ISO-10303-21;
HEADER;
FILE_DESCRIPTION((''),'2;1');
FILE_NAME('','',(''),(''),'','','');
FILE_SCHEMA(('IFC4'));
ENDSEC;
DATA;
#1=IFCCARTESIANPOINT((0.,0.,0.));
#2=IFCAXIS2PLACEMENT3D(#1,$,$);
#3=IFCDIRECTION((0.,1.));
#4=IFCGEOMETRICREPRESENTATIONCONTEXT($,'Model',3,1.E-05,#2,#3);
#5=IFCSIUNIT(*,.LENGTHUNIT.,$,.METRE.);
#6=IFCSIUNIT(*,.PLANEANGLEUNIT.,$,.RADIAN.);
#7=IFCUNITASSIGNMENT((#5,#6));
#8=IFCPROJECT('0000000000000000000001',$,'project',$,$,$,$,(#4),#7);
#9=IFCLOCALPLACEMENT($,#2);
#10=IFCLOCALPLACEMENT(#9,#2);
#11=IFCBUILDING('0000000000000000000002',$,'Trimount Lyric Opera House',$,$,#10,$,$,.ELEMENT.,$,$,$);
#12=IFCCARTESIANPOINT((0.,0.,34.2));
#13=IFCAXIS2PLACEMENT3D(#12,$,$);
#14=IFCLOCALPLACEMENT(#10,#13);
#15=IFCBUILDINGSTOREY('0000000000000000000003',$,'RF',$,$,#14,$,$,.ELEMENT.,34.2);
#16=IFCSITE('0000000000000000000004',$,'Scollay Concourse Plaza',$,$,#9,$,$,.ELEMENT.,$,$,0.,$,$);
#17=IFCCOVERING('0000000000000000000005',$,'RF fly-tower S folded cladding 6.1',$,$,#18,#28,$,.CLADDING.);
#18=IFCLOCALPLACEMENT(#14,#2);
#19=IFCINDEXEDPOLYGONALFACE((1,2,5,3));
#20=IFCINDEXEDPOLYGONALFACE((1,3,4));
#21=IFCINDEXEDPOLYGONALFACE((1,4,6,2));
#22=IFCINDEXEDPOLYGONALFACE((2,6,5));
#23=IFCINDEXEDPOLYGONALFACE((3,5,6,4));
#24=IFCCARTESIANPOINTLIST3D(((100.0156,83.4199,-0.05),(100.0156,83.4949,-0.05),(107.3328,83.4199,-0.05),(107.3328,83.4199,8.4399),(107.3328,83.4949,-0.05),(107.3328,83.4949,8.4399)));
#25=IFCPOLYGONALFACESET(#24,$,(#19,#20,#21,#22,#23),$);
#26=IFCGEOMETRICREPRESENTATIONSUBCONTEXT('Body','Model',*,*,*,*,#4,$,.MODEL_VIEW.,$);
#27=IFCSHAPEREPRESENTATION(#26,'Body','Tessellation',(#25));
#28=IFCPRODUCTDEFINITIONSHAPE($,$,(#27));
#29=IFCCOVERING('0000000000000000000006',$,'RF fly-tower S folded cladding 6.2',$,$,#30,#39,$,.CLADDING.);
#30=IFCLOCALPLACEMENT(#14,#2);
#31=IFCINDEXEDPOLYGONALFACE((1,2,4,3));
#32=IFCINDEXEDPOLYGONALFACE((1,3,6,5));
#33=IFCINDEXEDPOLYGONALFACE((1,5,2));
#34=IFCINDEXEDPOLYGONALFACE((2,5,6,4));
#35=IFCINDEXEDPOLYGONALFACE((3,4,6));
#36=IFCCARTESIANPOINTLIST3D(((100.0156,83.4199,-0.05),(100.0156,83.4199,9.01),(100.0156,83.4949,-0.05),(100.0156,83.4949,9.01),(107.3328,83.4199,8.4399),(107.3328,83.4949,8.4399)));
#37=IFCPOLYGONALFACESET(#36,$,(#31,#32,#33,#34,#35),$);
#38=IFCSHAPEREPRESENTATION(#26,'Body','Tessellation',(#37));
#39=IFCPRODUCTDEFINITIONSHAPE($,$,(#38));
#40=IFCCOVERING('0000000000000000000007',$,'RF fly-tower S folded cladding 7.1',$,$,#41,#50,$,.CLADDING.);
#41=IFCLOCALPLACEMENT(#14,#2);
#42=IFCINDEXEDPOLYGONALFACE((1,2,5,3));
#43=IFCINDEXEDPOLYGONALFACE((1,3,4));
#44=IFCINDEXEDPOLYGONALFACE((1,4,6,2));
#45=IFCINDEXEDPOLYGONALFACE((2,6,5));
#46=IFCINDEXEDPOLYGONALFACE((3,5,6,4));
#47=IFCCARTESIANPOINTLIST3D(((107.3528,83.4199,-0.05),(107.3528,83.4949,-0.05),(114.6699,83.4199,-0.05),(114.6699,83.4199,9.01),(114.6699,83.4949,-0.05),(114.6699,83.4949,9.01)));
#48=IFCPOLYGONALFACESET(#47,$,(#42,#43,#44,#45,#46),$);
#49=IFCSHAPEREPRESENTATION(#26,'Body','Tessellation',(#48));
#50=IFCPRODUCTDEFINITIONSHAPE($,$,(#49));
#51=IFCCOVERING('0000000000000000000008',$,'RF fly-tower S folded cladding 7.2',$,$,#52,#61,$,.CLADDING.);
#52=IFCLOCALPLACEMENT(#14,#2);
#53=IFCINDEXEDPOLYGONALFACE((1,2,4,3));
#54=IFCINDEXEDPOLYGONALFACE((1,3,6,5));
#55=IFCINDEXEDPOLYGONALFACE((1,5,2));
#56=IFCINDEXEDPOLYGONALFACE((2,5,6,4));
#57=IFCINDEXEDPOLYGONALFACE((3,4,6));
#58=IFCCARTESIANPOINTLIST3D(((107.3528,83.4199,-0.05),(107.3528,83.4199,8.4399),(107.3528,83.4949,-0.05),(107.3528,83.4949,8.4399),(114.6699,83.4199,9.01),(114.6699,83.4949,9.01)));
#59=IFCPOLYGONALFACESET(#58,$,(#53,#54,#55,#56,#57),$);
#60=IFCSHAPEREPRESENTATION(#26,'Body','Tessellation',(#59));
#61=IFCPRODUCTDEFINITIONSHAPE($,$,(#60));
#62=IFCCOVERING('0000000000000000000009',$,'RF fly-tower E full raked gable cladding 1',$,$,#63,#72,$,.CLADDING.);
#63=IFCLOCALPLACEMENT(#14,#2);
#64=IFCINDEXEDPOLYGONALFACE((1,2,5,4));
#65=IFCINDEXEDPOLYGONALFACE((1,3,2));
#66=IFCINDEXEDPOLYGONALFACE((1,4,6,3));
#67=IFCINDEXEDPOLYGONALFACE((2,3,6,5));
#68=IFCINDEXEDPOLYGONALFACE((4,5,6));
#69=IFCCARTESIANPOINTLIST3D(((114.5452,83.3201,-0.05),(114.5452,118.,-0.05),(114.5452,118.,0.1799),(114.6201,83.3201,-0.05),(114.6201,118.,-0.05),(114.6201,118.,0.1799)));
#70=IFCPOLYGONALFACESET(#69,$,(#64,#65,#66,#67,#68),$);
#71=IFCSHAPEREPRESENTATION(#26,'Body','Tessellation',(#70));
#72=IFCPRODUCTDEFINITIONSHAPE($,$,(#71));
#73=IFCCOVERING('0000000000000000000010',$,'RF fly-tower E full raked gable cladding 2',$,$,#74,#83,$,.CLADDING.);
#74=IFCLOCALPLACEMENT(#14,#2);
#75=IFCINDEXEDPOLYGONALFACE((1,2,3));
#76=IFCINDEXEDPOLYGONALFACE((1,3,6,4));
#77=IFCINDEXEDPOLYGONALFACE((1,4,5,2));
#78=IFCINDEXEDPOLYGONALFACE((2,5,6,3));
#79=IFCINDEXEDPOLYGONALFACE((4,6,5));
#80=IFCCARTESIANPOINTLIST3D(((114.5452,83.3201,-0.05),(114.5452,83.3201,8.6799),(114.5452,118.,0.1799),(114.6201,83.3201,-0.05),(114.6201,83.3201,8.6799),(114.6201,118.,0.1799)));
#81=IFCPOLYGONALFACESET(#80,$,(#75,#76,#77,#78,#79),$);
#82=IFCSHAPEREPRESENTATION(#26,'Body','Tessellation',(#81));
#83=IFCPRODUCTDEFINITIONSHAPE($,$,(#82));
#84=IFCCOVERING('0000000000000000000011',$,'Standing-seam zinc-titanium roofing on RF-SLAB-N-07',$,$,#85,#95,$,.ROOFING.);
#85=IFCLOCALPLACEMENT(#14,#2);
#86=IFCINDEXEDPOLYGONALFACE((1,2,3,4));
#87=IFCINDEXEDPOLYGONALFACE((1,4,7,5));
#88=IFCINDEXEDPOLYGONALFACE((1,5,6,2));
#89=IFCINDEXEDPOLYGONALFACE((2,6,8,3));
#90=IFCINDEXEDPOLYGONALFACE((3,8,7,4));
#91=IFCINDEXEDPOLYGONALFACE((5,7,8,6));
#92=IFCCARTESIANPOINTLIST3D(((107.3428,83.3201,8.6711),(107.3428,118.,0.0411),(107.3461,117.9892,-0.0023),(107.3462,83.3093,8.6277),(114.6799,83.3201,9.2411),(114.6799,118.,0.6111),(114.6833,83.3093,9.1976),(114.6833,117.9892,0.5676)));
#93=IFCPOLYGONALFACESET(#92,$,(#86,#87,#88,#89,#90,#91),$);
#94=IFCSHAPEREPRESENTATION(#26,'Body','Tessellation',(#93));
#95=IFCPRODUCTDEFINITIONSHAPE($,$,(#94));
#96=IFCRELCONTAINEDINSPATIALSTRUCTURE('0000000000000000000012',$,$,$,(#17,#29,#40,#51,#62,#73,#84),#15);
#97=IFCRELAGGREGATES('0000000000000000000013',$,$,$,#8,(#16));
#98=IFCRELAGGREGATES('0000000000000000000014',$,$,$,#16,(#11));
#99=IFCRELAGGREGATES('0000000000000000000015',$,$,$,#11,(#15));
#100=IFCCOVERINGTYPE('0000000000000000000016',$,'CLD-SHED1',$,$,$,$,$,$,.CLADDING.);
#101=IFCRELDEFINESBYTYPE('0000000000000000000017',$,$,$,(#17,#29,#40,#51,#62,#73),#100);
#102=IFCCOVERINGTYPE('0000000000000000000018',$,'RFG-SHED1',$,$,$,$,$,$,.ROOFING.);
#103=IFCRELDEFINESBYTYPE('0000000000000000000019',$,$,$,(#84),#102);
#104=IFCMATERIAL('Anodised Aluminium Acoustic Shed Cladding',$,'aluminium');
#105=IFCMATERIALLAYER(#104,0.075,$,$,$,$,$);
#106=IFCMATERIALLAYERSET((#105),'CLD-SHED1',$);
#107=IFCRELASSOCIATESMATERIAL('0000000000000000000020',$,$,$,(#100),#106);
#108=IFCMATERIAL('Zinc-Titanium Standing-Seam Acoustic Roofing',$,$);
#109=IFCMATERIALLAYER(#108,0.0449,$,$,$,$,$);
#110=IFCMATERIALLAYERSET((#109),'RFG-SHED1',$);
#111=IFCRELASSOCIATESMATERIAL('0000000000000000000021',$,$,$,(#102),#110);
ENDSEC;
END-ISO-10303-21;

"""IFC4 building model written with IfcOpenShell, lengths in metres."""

from ifc_helpers import new_model, si_unit, direction, frame, origin, place, context, subcontext, project, spatial, polyline, outline, extrude, material, layer, layer_set, type_object, element, save


model = new_model("IFC4")

# Units and contexts
model_context = context("Model", 3, precision=1e-05, world=origin(), true_north=direction((0.0, 1.0)))
body_context = subcontext(model_context, "Body", "Model", "MODEL_VIEW")
ifc_project = project(units=[si_unit("LENGTHUNIT", "METRE"), si_unit("PLANEANGLEUNIT", "RADIAN")], contexts=[model_context])

# Site, building, storey
site_placement = place(None, origin())
site = spatial("IfcSite", under=ifc_project, at=site_placement, Name="Scollay Concourse Plaza", CompositionType="ELEMENT", RefElevation=0.0)
building_placement = place(site_placement, origin())
building = spatial("IfcBuilding", under=site, at=building_placement, Name="Trimount Lyric Opera House", CompositionType="ELEMENT")
storey_placement = place(building_placement, frame((0.0, 0.0, 34.2)))
storey = spatial("IfcBuildingStorey", under=building, at=storey_placement, Name="RF", CompositionType="ELEMENT", Elevation=34.2)

# Coverings
ifc_material_1 = material(Name="Anodised Aluminium Acoustic Shed Cladding", Category="aluminium")
ifc_layer_1 = layer(ifc_material_1, 0.075)
ifc_layer_set_1 = layer_set([ifc_layer_1], Name="CLD-SHED1")
covering_type_1 = type_object("IfcCoveringType", Name="CLD-SHED1", PredefinedType="CLADDING", material=ifc_layer_set_1)
covering_1_placement = place(storey_placement, frame((100.0156, 83.4199, -0.05), z_axis=(0.0, -1.0, 0.0), x_axis=(1.0, 0.0, 0.0)))
element("IfcCovering", 1, at=covering_1_placement, inside=storey, type_object=covering_type_1, Name="RF fly-tower S folded cladding 6.1", PredefinedType="CLADDING", context=body_context, shape_type="SweptSolid", body=[
    extrude(outline(polyline([(0.0, 0.0), (7.3171, 0.0), (7.3171, 8.49), (0.0, 0.0)])), origin(), (0.0, 0.0, -1.0), 0.075),
])
covering_2_placement = place(storey_placement, frame((100.0156, 83.4199, -0.05), z_axis=(0.0, -1.0, 0.0), x_axis=(0.652847, 0.0, 0.75749)))
element("IfcCovering", 2, at=covering_2_placement, inside=storey, type_object=covering_type_1, Name="RF fly-tower S folded cladding 6.2", PredefinedType="CLADDING", context=body_context, shape_type="SweptSolid", body=[
    extrude(outline(polyline([(0.0, 0.0), (11.2081, 0.0), (6.8629, 5.9148), (0.0, 0.0)])), origin(), (0.0, 0.0, -1.0), 0.075),
])
covering_3_placement = place(storey_placement, frame((107.3528, 83.4199, -0.05), z_axis=(0.0, -1.0, 0.0), x_axis=(1.0, 0.0, 0.0)))
element("IfcCovering", 3, at=covering_3_placement, inside=storey, type_object=covering_type_1, Name="RF fly-tower S folded cladding 7.1", PredefinedType="CLADDING", context=body_context, shape_type="SweptSolid", body=[
    extrude(outline(polyline([(0.0, 0.0), (7.3171, 0.0), (7.3171, 9.0601), (0.0, 0.0)])), origin(), (0.0, 0.0, -1.0), 0.075),
])
covering_4_placement = place(storey_placement, frame((107.3528, 83.4199, -0.05), z_axis=(0.0, -1.0, 0.0), x_axis=(0.628306, 0.0, 0.777966)))
element("IfcCovering", 4, at=covering_4_placement, inside=storey, type_object=covering_type_1, Name="RF fly-tower S folded cladding 7.2", PredefinedType="CLADDING", context=body_context, shape_type="SweptSolid", body=[
    extrude(outline(polyline([(0.0, 0.0), (11.6458, 0.0), (6.6049, 5.3343), (0.0, 0.0)])), origin(), (0.0, 0.0, -1.0), 0.075),
])
covering_5_placement = place(storey_placement, frame((114.6201, 83.3201, -0.05), z_axis=(1.0, 0.0, 0.0), x_axis=(0.0, 1.0, 0.0)))
element("IfcCovering", 5, at=covering_5_placement, inside=storey, type_object=covering_type_1, Name="RF fly-tower E full raked gable cladding 1", PredefinedType="CLADDING", context=body_context, shape_type="SweptSolid", body=[
    extrude(outline(polyline([(0.0, 0.0), (34.6799, 0.0), (34.6799, 0.23), (0.0, 0.0)])), origin(), (0.0, 0.0, -1.0), 0.075),
])
covering_6_placement = place(storey_placement, frame((114.6201, 83.3201, -0.05), z_axis=(1.0, 0.0, 0.0), x_axis=(0.0, 0.999978, 0.006631)))
element("IfcCovering", 6, at=covering_6_placement, inside=storey, type_object=covering_type_1, Name="RF fly-tower E full raked gable cladding 2", PredefinedType="CLADDING", context=body_context, shape_type="SweptSolid", body=[
    extrude(outline(polyline([(0.0, 0.0), (34.6807, 0.0), (0.0579, 8.7298), (0.0, 0.0)])), origin(), (0.0, 0.0, -1.0), 0.075),
])
ifc_material_2 = material(Name="Zinc-Titanium Standing-Seam Acoustic Roofing")
ifc_layer_2 = layer(ifc_material_2, 0.0449)
ifc_layer_set_2 = layer_set([ifc_layer_2], Name="RFG-SHED1")
covering_type_2 = type_object("IfcCoveringType", Name="RFG-SHED1", PredefinedType="ROOFING", material=ifc_layer_set_2)
covering_7_placement = place(storey_placement, frame((107.3428, 83.3201, 8.6711), z_axis=(-0.075167, 0.240799, 0.96766), x_axis=(0.996997, 0.000004, 0.077445)))
element("IfcCovering", 7, at=covering_7_placement, inside=storey, type_object=covering_type_2, Name="Standing-seam zinc-titanium roofing on RF-SLAB-N-07", PredefinedType="ROOFING", context=body_context, shape_type="SweptSolid", body=[
    extrude(outline(polyline([(0.0, 0.0), (7.3593, 0.0), (6.691, 35.7313), (-0.6682, 35.7314), (0.0, 0.0)])), origin(), (0.0, 0.0, -1.0), 0.0449),
])

save(model, "model.ifc")
